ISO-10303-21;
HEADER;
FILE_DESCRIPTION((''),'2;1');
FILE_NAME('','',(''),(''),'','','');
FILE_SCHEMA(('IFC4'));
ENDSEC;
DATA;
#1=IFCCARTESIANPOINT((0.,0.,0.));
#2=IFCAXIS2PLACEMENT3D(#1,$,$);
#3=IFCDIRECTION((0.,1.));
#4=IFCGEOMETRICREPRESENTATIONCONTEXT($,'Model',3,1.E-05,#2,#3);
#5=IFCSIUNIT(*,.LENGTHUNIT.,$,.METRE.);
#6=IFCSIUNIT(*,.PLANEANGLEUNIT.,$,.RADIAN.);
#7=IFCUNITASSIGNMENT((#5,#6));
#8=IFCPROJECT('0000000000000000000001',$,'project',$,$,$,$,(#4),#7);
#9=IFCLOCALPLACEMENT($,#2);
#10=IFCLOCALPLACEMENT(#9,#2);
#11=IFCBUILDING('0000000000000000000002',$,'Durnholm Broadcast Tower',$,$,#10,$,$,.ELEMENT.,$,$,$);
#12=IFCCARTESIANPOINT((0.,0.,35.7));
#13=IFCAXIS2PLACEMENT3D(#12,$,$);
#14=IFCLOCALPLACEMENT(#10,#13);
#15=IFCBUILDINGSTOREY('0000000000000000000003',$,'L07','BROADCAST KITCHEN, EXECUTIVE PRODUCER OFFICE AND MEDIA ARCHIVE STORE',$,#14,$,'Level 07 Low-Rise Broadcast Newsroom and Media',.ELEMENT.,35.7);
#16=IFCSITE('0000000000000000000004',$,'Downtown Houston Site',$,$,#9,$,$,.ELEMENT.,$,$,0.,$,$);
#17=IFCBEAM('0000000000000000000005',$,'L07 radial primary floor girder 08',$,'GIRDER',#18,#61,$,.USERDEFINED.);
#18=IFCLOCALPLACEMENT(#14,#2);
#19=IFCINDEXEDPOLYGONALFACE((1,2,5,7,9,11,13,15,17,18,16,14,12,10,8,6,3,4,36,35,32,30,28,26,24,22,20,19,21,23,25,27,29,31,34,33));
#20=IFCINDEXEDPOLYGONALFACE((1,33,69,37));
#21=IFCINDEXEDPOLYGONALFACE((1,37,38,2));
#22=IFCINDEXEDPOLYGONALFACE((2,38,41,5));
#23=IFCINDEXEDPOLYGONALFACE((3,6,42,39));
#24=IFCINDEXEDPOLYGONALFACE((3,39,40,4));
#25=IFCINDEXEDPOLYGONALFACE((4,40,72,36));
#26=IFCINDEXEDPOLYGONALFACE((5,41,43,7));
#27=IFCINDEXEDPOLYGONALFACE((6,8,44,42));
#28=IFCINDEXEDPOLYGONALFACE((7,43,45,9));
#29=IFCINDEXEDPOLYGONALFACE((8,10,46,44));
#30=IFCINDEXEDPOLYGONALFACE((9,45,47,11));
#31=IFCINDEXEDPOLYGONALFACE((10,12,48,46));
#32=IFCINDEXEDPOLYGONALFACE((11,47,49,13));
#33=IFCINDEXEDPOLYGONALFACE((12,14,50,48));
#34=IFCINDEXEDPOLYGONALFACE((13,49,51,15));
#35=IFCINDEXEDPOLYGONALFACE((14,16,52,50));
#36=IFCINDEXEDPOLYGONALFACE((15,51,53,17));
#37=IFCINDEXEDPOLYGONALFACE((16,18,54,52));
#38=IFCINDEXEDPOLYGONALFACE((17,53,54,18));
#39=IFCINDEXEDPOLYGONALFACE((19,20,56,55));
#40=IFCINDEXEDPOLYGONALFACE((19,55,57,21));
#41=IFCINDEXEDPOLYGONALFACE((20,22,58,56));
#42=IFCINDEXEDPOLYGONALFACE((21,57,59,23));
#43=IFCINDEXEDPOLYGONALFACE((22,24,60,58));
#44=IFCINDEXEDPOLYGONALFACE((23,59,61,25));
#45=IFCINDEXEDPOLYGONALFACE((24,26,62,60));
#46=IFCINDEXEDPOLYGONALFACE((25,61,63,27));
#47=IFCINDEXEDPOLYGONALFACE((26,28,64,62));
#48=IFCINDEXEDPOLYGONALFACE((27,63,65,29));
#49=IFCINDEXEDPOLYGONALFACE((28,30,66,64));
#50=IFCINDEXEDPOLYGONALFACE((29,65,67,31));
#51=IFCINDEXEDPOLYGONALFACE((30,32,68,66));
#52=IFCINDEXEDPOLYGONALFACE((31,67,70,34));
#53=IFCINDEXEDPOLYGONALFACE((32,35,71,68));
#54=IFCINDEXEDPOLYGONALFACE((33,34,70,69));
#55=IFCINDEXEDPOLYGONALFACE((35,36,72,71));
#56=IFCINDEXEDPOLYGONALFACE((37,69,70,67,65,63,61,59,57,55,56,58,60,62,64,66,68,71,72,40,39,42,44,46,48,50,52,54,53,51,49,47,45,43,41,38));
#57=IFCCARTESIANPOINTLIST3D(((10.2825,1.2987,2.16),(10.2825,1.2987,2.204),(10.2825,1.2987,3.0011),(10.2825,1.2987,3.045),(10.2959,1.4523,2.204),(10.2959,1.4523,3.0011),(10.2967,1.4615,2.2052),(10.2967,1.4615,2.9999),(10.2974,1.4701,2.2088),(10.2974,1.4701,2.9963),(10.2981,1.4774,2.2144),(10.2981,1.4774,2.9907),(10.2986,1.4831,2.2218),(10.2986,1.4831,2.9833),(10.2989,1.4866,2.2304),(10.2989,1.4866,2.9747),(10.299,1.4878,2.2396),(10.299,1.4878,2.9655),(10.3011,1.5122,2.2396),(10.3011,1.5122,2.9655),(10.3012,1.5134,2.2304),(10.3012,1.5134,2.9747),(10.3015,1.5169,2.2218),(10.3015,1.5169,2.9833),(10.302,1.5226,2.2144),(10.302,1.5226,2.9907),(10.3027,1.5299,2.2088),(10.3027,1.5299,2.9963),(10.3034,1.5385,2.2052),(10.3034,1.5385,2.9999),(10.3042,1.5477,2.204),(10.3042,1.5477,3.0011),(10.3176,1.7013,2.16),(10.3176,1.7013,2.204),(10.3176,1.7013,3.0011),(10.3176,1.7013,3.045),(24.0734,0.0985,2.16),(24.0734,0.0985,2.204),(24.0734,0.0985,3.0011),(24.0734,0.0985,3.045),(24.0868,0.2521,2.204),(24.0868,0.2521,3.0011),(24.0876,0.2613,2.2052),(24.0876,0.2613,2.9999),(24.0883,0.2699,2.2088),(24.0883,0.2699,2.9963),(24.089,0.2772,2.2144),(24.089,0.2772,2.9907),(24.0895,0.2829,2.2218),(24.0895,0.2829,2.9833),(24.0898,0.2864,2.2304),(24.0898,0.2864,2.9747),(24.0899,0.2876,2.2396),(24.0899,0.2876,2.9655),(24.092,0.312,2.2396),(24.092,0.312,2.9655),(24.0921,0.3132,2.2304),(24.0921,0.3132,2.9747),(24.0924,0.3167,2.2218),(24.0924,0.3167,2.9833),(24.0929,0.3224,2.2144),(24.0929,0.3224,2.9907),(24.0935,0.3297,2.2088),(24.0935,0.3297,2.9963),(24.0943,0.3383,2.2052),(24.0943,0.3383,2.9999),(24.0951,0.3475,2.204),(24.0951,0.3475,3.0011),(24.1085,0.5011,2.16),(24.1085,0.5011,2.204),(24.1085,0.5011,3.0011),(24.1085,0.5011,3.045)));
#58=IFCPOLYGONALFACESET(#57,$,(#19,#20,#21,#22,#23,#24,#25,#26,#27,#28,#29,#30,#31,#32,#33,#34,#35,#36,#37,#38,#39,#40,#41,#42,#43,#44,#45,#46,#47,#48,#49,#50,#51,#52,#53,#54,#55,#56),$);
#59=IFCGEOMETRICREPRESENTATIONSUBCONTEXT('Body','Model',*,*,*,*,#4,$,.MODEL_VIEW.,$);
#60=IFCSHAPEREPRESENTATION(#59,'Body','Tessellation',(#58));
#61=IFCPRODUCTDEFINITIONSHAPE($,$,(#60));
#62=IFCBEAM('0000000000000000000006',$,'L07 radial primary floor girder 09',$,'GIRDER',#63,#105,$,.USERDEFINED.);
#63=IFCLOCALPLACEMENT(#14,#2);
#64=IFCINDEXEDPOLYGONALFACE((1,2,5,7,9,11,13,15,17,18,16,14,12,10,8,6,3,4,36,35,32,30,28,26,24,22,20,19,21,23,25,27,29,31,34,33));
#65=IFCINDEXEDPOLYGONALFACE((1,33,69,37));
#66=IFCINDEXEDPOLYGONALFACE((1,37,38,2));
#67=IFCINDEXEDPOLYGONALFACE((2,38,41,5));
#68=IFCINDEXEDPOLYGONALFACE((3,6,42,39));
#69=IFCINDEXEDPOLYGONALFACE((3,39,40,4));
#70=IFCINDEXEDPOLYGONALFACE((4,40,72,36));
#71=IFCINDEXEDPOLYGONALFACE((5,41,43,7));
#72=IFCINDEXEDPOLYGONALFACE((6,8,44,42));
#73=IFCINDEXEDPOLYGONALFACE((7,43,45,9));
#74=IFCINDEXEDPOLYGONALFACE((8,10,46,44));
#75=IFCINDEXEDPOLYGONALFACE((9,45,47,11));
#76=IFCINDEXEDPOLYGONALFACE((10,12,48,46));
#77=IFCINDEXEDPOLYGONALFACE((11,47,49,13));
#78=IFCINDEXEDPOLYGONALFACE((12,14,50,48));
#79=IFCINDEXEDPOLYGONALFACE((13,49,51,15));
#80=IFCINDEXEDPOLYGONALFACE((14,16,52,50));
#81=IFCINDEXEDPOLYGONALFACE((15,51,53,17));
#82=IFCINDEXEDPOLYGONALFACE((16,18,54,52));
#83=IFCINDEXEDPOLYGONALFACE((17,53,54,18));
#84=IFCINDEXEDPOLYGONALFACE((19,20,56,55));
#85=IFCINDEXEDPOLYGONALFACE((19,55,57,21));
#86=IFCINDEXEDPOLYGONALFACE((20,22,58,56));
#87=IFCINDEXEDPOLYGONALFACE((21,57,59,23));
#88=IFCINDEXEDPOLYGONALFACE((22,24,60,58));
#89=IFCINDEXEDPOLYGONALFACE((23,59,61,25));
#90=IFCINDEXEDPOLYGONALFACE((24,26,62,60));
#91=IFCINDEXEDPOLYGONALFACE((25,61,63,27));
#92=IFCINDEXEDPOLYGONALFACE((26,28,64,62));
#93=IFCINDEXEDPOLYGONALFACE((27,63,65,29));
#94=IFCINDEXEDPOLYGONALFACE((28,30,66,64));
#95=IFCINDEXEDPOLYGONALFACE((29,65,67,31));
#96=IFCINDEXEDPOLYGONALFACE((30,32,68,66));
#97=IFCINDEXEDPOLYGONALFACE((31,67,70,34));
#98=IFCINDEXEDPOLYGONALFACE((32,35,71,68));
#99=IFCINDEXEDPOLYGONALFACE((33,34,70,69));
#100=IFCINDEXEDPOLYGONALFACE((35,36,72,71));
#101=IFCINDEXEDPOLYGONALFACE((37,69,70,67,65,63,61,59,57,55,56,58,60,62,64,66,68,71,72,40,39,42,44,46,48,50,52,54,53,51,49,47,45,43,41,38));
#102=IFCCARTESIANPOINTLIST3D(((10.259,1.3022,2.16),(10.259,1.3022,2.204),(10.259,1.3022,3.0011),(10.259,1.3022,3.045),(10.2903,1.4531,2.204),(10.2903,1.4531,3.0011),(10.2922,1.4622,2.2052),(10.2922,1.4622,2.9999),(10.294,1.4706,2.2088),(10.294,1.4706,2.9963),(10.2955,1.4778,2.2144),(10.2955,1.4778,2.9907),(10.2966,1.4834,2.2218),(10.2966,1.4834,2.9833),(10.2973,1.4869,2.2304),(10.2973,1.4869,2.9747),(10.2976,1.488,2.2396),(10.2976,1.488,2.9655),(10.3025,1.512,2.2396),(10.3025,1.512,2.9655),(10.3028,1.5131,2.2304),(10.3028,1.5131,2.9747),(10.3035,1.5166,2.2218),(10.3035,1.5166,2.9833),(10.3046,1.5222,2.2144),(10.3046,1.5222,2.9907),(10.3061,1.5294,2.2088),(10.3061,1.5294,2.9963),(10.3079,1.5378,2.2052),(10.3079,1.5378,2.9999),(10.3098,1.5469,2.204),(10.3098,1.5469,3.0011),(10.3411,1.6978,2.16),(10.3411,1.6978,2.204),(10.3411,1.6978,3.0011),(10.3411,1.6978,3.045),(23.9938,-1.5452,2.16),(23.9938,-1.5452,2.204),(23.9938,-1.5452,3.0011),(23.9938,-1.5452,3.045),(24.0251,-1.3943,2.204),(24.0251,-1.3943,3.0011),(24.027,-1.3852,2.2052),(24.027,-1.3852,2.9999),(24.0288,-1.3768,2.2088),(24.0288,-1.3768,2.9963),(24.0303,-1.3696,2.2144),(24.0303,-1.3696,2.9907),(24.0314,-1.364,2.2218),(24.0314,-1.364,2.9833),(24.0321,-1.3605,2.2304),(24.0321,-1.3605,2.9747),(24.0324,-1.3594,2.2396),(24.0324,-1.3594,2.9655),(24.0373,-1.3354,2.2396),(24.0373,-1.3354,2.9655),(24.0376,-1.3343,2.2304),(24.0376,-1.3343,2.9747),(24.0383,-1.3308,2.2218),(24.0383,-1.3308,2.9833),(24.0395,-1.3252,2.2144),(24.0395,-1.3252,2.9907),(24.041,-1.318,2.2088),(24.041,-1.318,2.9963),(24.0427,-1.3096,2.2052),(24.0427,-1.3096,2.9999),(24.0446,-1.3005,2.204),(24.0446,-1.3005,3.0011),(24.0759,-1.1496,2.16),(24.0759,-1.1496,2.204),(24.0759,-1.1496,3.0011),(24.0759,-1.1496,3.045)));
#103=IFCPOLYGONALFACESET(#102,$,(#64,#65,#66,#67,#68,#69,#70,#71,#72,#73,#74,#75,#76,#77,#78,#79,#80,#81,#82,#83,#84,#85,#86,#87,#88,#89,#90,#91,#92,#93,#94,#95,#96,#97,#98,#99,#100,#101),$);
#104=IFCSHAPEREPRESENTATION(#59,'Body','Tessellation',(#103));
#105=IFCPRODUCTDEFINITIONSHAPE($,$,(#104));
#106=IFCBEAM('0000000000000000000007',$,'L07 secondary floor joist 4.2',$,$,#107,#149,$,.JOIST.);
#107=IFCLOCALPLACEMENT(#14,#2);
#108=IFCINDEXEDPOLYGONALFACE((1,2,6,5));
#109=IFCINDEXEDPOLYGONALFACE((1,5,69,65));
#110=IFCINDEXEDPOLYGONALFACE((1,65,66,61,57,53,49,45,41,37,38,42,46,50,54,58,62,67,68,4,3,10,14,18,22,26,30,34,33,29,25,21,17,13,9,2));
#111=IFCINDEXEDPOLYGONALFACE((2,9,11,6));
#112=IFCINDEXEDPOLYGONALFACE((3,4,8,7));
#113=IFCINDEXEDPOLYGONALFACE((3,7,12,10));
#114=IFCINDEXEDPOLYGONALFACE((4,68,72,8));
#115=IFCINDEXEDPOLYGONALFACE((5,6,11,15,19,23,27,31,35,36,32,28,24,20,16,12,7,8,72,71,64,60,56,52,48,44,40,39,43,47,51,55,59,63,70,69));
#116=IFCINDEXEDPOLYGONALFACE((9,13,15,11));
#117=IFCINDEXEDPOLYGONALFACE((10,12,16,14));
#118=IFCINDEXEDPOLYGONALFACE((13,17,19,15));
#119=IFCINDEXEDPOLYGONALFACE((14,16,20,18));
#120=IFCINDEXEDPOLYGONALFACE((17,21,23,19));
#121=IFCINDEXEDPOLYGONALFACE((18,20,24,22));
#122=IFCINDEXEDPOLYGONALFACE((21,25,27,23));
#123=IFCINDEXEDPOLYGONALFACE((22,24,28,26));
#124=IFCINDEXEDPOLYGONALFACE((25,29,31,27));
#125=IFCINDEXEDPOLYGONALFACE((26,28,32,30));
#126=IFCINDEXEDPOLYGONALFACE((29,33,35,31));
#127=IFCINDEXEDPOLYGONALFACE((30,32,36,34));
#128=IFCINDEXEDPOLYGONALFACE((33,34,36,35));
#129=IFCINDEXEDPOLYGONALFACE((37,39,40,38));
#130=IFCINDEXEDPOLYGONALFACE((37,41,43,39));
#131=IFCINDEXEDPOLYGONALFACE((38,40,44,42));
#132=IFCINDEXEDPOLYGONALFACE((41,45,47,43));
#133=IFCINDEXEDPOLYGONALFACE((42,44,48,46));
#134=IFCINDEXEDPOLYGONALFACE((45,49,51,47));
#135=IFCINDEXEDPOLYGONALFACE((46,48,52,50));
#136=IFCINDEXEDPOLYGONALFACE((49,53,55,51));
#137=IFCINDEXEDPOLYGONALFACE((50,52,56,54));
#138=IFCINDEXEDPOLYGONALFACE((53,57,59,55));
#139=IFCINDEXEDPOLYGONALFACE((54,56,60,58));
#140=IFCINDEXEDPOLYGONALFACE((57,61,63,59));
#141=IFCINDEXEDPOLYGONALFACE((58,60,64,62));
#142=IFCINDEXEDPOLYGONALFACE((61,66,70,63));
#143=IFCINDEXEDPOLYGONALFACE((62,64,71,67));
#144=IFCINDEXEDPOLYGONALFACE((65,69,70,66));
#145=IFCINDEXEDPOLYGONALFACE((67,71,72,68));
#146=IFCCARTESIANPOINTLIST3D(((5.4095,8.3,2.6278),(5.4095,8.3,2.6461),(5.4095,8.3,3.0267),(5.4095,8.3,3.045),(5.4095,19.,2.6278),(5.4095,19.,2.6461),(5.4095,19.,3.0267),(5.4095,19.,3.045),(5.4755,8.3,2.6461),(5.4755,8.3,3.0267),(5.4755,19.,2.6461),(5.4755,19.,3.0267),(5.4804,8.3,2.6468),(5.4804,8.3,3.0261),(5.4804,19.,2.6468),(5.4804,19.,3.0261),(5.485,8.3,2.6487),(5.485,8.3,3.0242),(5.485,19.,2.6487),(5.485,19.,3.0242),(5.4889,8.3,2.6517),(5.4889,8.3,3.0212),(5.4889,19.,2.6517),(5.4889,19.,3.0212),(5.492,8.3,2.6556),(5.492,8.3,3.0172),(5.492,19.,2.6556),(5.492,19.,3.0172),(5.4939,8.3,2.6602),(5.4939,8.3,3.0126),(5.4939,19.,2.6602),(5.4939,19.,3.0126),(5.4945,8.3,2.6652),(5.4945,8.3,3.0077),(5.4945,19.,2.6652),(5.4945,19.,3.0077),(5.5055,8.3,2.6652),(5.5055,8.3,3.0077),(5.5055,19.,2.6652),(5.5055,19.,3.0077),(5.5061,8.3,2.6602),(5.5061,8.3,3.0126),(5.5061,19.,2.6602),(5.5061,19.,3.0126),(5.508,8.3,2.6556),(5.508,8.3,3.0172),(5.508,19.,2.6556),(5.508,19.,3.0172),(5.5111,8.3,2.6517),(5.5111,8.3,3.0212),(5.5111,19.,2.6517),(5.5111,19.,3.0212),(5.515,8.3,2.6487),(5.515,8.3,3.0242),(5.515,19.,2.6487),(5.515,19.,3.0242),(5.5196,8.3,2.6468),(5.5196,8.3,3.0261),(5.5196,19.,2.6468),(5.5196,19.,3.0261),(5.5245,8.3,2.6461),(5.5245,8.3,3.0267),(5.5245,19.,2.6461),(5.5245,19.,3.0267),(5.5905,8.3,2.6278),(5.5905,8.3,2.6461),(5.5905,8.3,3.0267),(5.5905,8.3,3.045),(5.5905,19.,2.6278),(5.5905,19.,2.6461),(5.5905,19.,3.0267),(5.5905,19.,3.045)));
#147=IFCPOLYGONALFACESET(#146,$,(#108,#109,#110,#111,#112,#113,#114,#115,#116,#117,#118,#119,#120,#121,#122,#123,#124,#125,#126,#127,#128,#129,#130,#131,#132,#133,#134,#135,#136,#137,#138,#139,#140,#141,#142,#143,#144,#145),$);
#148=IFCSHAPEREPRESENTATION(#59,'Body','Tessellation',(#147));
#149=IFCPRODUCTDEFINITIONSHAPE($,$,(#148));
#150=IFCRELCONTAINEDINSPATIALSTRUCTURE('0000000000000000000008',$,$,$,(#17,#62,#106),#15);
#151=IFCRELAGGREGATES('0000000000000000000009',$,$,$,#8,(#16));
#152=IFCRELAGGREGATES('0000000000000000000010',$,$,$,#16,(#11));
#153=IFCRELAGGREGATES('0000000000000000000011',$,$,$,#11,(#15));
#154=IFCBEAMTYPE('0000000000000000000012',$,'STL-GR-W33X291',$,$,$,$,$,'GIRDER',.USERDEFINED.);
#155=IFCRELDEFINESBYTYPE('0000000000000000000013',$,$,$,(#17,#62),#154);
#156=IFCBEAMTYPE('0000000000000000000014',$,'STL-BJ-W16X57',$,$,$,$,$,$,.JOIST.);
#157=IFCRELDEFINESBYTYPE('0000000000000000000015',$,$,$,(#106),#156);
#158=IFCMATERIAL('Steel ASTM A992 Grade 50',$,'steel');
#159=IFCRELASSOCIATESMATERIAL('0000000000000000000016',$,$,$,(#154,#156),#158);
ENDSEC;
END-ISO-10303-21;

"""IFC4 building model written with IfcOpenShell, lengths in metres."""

from ifc_helpers import new_model, si_unit, direction, frame, origin, origin_2d, place, context, subcontext, project, spatial, i_section, extrude, source, transform, mapped, material, material_profile, profile_set, type_object, type_shapes, element, save


model = new_model("IFC4")

# Units and contexts
model_context = context("Model", 3, precision=1e-05, world=origin(), true_north=direction((0.0, 1.0)))
body_context = subcontext(model_context, "Body", "Model", "MODEL_VIEW")
ifc_project = project(units=[si_unit("LENGTHUNIT", "METRE"), si_unit("PLANEANGLEUNIT", "RADIAN")], contexts=[model_context])

# Site, building, storey
site_placement = place(None, origin())
site = spatial("IfcSite", under=ifc_project, at=site_placement, Name="Downtown Houston Site", CompositionType="ELEMENT", RefElevation=0.0)
building_placement = place(site_placement, origin())
building = spatial("IfcBuilding", under=site, at=building_placement, Name="Durnholm Broadcast Tower", CompositionType="ELEMENT")
storey_placement = place(building_placement, frame((0.0, 0.0, 35.7)))
storey = spatial("IfcBuildingStorey", under=building, at=storey_placement, Name="L07", Description="BROADCAST KITCHEN, EXECUTIVE PRODUCER OFFICE AND MEDIA ARCHIVE STORE", LongName="Level 07 Low-Rise Broadcast Newsroom and Media", CompositionType="ELEMENT", Elevation=35.7)

# Beams
ifc_material_1 = material(Name="Steel ASTM A992 Grade 50", Category="steel")
ifc_material_profile_1 = material_profile(ifc_material_1, i_section(OverallWidth=0.4041, OverallDepth=0.885, WebThickness=0.0244, FlangeThickness=0.0439, FilletRadius=0.0356, at=origin_2d()), Name="W33X291")
ifc_profile_set_1 = profile_set([ifc_material_profile_1], Name="Steel ASTM A992 Grade 50")
beam_type_1 = type_object("IfcBeamType", Name="STL-GR-W33X291", ElementType="GIRDER", PredefinedType="USERDEFINED", material=ifc_profile_set_1)
shared_shape_1 = source(origin(), body_context, "Body", "SweptSolid", [
    extrude(i_section(OverallWidth=0.4041, OverallDepth=0.885, WebThickness=0.0244, FlangeThickness=0.0439, FilletRadius=0.0356, at=origin_2d()), origin(), (0.0, 0.0, 1.0), 13.843),
])
beam_1_placement = place(storey_placement, frame((10.3, 1.5, 2.6025), z_axis=(0.996234, -0.086701, 0.0), x_axis=(0.086701, 0.996234, 0.0)))
element("IfcBeam", 1, at=beam_1_placement, inside=storey, type_object=beam_type_1, Name="L07 radial primary floor girder 08", ObjectType="GIRDER", PredefinedType="USERDEFINED", context=body_context, shape_type="MappedRepresentation", body=[
    mapped(shared_shape_1, transform((0.0, 0.0, 0.0), x_axis=(1.0, 0.0, 0.0), y_axis=(0.0, 1.0, 0.0), z_axis=(0.0, 0.0, 1.0), scale=1.0)),
])
shared_shape_2 = source(origin(), body_context, "Body", "SweptSolid", [
    extrude(i_section(OverallWidth=0.4041, OverallDepth=0.885, WebThickness=0.0244, FlangeThickness=0.0439, FilletRadius=0.0356, at=origin_2d()), origin(), (0.0, 0.0, 1.0), 14.0269),
])
beam_2_placement = place(storey_placement, frame((10.3, 1.5, 2.6025), z_axis=(0.979179, -0.202996, 0.0), x_axis=(0.202996, 0.979179, 0.0)))
element("IfcBeam", 2, at=beam_2_placement, inside=storey, type_object=beam_type_1, Name="L07 radial primary floor girder 09", ObjectType="GIRDER", PredefinedType="USERDEFINED", context=body_context, shape_type="MappedRepresentation", body=[
    mapped(shared_shape_2, transform((0.0, 0.0, 0.0), x_axis=(1.0, 0.0, 0.0), y_axis=(0.0, 1.0, 0.0), z_axis=(0.0, 0.0, 1.0), scale=1.0)),
])
ifc_material_profile_2 = material_profile(ifc_material_1, i_section(OverallWidth=0.1809, OverallDepth=0.4172, WebThickness=0.011, FlangeThickness=0.0183, FilletRadius=0.019, at=origin_2d()), Name="W16X57")
ifc_profile_set_2 = profile_set([ifc_material_profile_2], Name="Steel ASTM A992 Grade 50")
beam_type_2 = type_object("IfcBeamType", Name="STL-BJ-W16X57", PredefinedType="JOIST", material=ifc_profile_set_2)
shared_shape_3 = source(origin(), body_context, "Body", "SweptSolid", [
    extrude(i_section(OverallWidth=0.1809, OverallDepth=0.4172, WebThickness=0.011, FlangeThickness=0.0183, FilletRadius=0.019, at=origin_2d()), origin(), (0.0, 0.0, 1.0), 10.7),
])
type_shapes(beam_type_2, [shared_shape_3])
beam_3_placement = place(storey_placement, frame((5.5, 8.3, 2.8364), z_axis=(0.0, 1.0, 0.0), x_axis=(-1.0, 0.0, 0.0)))
element("IfcBeam", 3, at=beam_3_placement, inside=storey, type_object=beam_type_2, Name="L07 secondary floor joist 4.2", PredefinedType="JOIST", context=body_context, shape_type="MappedRepresentation", body=[
    mapped(shared_shape_3, transform((0.0, 0.0, 0.0), x_axis=(1.0, 0.0, 0.0), y_axis=(0.0, 1.0, 0.0), z_axis=(0.0, 0.0, 1.0), scale=1.0)),
])

save(model, "model.ifc")
